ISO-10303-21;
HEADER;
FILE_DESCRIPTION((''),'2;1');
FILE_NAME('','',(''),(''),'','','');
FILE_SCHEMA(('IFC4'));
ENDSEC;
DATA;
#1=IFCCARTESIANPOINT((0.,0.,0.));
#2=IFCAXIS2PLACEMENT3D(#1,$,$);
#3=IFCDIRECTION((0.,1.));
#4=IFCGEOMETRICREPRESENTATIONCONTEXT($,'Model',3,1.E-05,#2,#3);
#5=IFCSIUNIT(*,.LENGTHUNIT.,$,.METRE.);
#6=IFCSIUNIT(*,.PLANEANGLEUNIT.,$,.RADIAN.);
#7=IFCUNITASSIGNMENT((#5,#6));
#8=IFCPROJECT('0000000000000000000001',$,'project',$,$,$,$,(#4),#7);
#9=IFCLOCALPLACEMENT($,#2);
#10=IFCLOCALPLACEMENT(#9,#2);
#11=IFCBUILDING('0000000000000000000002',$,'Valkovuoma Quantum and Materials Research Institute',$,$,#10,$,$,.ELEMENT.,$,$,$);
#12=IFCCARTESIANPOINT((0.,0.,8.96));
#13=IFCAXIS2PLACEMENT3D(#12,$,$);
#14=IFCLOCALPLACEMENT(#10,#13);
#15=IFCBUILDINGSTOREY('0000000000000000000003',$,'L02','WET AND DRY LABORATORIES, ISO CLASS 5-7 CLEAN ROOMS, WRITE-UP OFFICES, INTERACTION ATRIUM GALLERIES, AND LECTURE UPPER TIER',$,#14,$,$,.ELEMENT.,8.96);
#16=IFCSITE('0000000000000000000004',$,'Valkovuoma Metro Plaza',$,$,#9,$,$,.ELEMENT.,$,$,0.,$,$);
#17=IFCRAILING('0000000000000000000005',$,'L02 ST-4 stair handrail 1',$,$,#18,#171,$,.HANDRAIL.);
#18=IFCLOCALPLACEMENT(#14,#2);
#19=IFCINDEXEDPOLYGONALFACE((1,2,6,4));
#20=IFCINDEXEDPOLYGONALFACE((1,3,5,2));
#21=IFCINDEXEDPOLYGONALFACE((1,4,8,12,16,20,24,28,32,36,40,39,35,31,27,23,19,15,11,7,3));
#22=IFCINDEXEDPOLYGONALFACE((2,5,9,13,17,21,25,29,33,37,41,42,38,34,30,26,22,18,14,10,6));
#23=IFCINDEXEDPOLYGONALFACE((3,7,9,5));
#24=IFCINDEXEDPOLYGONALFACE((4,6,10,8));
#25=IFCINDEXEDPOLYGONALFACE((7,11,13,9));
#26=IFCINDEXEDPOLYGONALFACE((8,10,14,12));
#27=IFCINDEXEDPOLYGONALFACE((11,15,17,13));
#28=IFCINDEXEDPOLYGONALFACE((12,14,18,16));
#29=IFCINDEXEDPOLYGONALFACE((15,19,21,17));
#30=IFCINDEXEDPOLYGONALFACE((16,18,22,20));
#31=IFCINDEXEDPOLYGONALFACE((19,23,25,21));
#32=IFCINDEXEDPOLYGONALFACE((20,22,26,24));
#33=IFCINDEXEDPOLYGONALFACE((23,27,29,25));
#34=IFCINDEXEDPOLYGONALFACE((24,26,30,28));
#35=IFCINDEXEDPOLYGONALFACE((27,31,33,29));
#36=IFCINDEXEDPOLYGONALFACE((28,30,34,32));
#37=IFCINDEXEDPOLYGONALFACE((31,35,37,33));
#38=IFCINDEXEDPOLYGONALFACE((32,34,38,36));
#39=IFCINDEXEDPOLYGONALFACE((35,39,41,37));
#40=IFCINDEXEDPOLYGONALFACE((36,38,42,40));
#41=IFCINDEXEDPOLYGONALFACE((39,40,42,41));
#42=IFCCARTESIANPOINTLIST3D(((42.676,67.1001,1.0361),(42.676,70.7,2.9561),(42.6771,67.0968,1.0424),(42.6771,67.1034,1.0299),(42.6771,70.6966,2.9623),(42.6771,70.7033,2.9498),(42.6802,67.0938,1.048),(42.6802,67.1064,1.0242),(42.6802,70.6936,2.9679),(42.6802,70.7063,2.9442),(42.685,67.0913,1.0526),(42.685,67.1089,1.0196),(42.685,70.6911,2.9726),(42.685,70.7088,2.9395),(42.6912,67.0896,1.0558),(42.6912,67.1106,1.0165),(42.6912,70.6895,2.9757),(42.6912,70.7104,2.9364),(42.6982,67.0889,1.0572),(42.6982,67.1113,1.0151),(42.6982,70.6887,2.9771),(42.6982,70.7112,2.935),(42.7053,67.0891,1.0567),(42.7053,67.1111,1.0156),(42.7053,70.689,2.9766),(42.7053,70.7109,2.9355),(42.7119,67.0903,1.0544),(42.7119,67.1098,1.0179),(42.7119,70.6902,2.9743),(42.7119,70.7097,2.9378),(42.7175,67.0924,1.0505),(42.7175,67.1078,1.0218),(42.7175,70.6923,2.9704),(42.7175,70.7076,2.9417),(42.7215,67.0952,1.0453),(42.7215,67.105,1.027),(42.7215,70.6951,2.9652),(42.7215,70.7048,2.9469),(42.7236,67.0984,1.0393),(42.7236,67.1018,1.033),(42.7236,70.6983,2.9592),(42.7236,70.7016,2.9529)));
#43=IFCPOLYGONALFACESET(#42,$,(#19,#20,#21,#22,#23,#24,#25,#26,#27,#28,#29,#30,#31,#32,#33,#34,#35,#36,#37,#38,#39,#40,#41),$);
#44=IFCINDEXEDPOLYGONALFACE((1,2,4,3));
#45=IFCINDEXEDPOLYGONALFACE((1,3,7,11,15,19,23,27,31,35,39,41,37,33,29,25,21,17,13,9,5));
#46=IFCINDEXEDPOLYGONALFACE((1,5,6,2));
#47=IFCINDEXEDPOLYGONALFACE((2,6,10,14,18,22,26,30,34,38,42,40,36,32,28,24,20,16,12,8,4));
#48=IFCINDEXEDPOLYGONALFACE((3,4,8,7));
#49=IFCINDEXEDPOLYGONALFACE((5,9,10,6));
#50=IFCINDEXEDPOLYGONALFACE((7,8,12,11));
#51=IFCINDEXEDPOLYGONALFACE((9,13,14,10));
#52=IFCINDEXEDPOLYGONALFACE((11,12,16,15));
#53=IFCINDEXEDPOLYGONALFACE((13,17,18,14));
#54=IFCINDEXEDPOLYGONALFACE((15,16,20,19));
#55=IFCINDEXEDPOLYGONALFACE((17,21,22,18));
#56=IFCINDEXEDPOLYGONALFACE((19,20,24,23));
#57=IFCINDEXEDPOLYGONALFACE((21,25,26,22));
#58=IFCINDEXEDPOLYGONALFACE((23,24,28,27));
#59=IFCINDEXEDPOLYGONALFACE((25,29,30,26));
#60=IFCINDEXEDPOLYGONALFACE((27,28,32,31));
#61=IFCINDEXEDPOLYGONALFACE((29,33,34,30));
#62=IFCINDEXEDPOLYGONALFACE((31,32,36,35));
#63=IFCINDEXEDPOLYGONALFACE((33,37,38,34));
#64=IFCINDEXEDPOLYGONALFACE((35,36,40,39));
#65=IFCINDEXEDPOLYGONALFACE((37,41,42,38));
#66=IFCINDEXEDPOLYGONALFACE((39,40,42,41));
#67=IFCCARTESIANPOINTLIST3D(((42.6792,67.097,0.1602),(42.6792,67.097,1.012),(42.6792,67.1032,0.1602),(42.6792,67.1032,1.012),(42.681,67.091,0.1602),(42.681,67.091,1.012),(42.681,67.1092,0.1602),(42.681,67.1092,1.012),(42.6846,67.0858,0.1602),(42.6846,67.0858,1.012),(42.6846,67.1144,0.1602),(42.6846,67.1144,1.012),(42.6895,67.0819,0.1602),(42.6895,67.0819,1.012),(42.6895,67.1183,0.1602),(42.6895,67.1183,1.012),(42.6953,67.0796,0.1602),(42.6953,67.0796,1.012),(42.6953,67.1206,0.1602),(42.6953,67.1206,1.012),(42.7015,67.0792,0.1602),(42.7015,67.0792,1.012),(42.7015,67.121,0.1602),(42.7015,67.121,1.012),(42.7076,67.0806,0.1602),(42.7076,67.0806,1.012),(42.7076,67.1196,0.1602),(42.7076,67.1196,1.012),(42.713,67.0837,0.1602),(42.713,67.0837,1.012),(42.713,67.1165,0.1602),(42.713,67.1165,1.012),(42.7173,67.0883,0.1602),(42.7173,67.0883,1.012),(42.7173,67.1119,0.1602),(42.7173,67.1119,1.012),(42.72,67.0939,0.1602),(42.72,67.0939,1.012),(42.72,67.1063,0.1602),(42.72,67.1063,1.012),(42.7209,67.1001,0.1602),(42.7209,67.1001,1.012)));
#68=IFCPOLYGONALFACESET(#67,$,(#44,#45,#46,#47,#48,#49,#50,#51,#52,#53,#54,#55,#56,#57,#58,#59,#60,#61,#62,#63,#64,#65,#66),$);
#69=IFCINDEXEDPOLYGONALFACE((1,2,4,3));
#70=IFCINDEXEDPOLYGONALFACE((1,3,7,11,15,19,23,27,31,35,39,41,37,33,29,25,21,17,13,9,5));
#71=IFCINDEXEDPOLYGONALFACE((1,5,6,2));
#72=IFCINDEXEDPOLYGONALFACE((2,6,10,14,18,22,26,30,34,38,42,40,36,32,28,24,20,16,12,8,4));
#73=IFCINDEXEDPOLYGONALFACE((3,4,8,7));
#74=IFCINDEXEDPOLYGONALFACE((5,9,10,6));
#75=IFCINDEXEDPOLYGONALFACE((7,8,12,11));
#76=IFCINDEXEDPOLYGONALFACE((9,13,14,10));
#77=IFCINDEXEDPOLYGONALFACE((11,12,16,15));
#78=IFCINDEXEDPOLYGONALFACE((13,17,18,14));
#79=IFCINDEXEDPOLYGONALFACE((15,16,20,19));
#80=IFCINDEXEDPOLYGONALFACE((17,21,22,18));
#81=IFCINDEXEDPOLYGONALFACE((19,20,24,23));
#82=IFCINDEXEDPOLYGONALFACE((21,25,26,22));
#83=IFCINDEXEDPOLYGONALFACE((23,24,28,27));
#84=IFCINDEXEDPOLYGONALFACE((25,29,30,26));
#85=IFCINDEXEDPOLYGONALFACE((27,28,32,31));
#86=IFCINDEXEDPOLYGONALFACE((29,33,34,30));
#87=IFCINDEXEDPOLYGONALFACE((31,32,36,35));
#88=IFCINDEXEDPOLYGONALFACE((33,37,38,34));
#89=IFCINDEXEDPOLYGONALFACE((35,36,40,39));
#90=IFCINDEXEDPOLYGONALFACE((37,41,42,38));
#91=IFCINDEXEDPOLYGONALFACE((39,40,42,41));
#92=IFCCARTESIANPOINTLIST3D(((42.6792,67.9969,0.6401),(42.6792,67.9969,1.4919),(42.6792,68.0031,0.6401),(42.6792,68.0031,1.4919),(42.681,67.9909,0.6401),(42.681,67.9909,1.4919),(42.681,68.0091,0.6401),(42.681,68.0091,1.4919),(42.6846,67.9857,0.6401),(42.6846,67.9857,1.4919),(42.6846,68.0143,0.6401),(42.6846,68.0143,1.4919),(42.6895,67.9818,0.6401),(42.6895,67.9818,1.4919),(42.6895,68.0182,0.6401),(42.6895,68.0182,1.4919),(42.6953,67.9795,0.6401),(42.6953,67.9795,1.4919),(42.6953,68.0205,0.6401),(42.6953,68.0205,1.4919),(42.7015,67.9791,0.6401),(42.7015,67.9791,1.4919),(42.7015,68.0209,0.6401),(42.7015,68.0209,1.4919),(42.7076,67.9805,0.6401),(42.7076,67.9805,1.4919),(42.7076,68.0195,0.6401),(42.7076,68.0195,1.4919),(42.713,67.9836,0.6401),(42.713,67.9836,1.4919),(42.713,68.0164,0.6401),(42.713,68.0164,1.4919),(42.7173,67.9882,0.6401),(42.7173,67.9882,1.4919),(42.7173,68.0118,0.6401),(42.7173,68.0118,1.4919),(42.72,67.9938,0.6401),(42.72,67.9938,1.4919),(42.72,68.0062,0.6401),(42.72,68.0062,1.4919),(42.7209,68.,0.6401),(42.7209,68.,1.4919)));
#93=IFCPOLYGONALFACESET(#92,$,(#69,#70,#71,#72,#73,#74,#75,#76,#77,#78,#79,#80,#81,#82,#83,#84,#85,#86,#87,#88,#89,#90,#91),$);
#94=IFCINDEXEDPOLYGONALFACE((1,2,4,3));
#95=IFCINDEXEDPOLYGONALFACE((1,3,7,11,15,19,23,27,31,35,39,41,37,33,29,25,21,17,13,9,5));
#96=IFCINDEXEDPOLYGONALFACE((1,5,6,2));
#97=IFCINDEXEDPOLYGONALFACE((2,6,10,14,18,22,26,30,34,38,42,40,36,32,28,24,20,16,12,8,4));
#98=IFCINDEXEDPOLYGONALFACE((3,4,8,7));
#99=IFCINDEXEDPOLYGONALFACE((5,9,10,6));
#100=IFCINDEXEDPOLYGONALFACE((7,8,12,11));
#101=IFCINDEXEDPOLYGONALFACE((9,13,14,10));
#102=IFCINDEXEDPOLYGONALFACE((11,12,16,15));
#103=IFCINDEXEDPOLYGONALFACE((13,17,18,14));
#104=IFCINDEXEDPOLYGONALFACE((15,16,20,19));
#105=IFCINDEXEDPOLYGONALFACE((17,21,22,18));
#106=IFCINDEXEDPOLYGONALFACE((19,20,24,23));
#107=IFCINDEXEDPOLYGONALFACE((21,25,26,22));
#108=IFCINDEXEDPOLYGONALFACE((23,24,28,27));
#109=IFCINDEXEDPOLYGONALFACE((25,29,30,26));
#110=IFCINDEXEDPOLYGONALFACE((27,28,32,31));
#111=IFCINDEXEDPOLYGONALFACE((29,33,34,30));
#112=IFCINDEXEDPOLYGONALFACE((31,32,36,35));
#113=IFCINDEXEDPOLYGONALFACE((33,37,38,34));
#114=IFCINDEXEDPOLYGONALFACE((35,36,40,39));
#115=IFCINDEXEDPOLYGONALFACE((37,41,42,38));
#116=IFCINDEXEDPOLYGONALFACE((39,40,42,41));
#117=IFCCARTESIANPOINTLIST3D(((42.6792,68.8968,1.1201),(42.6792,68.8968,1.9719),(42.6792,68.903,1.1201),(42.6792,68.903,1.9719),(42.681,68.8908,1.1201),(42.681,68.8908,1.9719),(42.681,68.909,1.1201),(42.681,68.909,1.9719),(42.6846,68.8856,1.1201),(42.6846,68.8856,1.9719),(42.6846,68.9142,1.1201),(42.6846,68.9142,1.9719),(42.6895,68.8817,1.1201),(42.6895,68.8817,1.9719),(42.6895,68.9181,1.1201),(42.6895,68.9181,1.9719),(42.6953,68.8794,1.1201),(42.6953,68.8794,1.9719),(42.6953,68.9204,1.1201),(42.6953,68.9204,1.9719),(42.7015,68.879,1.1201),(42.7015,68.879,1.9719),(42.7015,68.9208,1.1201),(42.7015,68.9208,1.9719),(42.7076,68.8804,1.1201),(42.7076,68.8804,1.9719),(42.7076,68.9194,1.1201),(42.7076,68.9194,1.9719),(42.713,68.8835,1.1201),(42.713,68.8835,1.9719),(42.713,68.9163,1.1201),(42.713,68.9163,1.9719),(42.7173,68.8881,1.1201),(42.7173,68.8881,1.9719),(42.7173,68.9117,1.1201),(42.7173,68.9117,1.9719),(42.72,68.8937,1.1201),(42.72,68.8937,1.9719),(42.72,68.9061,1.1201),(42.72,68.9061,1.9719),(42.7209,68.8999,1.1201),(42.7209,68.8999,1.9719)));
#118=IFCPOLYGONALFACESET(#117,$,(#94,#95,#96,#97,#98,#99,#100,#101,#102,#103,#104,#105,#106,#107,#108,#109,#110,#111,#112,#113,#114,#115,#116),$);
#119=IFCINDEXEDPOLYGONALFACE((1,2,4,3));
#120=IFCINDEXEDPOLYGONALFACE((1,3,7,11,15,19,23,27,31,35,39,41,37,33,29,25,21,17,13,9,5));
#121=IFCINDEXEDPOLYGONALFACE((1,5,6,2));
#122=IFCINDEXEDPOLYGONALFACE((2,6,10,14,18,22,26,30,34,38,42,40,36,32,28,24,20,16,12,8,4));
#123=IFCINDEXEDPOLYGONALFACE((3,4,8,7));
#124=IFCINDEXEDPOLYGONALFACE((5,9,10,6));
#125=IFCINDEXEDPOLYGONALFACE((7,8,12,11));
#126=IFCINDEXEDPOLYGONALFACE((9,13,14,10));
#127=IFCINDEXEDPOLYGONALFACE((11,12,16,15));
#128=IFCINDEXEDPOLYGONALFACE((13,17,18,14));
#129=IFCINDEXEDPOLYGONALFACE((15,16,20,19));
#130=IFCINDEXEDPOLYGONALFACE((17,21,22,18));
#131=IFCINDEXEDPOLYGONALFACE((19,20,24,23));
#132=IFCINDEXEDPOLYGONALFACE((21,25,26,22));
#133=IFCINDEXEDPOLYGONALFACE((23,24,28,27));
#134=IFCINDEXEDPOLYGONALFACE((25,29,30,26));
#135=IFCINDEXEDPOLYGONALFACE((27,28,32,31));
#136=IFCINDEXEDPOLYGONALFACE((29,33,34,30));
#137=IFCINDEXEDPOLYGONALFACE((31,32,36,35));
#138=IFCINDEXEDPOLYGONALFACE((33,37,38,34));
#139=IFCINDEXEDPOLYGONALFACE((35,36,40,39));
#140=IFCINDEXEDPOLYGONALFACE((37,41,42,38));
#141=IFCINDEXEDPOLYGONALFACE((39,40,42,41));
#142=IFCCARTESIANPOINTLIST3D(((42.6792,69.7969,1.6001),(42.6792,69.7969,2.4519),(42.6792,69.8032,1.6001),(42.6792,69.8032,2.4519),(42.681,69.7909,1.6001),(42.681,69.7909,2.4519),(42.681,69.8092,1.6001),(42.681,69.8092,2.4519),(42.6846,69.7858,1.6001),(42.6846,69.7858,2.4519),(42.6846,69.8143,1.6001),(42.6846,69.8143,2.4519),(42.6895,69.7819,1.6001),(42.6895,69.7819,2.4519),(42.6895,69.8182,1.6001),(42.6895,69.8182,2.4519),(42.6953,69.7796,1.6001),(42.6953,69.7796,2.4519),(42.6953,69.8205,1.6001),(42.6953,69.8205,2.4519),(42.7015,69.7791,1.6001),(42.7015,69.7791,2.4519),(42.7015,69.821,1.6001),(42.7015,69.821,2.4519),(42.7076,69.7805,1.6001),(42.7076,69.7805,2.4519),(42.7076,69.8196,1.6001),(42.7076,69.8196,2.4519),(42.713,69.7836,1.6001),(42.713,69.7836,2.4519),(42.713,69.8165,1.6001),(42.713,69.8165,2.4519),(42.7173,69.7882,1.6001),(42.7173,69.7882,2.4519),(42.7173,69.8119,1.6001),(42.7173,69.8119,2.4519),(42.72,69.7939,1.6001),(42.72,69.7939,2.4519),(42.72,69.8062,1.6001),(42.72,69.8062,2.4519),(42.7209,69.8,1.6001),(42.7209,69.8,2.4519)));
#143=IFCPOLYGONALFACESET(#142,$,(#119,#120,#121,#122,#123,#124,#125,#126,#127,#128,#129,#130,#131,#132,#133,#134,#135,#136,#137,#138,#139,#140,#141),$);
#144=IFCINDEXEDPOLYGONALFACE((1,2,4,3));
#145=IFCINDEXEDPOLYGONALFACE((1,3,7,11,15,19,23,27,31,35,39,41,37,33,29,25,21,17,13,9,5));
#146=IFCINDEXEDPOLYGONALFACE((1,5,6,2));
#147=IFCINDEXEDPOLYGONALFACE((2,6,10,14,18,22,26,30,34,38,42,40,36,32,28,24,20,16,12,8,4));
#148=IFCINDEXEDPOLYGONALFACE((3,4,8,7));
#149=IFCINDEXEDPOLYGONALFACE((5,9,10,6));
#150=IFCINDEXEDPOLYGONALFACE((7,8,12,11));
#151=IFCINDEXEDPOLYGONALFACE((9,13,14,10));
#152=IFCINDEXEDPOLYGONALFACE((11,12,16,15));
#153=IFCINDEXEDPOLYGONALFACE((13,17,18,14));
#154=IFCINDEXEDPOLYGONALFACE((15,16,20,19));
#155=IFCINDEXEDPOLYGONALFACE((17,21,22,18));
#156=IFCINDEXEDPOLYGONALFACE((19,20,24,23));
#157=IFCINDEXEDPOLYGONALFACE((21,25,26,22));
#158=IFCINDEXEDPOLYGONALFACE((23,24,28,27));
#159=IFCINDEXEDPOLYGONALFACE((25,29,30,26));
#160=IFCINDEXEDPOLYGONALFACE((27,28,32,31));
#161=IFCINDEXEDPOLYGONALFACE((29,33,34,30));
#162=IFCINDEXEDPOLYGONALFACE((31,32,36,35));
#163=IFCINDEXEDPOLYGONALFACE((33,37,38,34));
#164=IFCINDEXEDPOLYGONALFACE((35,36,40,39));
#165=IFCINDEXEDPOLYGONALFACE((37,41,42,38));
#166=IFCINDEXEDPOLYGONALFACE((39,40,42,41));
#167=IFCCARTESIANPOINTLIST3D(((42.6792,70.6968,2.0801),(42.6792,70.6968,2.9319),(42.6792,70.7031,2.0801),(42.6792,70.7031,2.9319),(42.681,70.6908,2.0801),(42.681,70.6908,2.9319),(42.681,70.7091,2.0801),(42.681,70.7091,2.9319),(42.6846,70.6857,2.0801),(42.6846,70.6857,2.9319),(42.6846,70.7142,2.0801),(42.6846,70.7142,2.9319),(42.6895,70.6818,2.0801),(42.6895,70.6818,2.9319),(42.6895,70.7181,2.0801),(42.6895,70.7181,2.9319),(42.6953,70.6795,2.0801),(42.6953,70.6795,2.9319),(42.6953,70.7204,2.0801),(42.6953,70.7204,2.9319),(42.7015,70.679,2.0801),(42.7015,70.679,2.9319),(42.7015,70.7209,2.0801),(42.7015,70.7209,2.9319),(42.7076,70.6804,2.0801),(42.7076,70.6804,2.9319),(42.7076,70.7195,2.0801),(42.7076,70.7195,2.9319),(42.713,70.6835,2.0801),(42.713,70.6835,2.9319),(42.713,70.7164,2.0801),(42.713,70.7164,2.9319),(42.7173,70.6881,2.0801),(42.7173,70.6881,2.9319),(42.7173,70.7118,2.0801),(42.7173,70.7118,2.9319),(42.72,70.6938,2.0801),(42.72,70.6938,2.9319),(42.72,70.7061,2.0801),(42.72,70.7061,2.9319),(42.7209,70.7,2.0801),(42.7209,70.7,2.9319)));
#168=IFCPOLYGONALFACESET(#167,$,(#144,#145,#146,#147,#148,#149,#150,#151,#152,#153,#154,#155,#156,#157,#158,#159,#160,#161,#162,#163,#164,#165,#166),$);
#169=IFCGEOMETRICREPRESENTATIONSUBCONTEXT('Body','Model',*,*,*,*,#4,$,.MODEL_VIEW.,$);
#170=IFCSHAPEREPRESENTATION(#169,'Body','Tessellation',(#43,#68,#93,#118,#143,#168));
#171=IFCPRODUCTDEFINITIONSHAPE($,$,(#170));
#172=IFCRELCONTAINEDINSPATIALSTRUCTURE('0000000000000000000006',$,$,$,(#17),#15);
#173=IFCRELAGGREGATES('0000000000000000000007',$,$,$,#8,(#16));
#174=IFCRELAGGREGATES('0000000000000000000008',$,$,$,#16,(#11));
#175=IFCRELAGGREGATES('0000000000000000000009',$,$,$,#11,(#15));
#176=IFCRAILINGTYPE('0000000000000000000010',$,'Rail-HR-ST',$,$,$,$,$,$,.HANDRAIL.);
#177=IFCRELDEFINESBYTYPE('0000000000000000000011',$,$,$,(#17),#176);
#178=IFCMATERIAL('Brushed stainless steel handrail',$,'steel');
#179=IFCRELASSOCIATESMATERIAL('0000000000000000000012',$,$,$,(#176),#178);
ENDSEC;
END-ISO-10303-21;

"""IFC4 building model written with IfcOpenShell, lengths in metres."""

from ifc_helpers import new_model, si_unit, direction, frame, origin, origin_2d, place, context, subcontext, project, spatial, circle, extrude, material, type_object, element, save


model = new_model("IFC4")

# Units and contexts
model_context = context("Model", 3, precision=1e-05, world=origin(), true_north=direction((0.0, 1.0)))
body_context = subcontext(model_context, "Body", "Model", "MODEL_VIEW")
ifc_project = project(units=[si_unit("LENGTHUNIT", "METRE"), si_unit("PLANEANGLEUNIT", "RADIAN")], contexts=[model_context])

# Site, building, storey
site_placement = place(None, origin())
site = spatial("IfcSite", under=ifc_project, at=site_placement, Name="Valkovuoma Metro Plaza", CompositionType="ELEMENT", RefElevation=0.0)
building_placement = place(site_placement, origin())
building = spatial("IfcBuilding", under=site, at=building_placement, Name="Valkovuoma Quantum and Materials Research Institute", CompositionType="ELEMENT")
storey_placement = place(building_placement, frame((0.0, 0.0, 8.96)))
storey = spatial("IfcBuildingStorey", under=building, at=storey_placement, Name="L02", Description="WET AND DRY LABORATORIES, ISO CLASS 5-7 CLEAN ROOMS, WRITE-UP OFFICES, INTERACTION ATRIUM GALLERIES, AND LECTURE UPPER TIER", CompositionType="ELEMENT", Elevation=8.96)

# Railing
ifc_material_1 = material(Name="Brushed stainless steel handrail", Category="steel")
railing_type_1 = type_object("IfcRailingType", Name="Rail-HR-ST", PredefinedType="HANDRAIL", material=ifc_material_1)
railing_1_placement = place(storey_placement, frame((42.7, 67.1001, 0.1602)))
element("IfcRailing", 1, at=railing_1_placement, inside=storey, type_object=railing_type_1, Name="L02 ST-4 stair handrail 1", PredefinedType="HANDRAIL", context=body_context, shape_type="SweptSolid", body=[
    extrude(circle(Radius=0.0239, at=origin_2d()), frame((0.0, 0.0, 0.876), z_axis=(0.0, 0.882353, 0.470588), x_axis=(-1.0, 0.0, 0.0)), (0.0, 0.0, 1.0), 4.0798),
    extrude(circle(Radius=0.021, at=origin_2d()), origin(), (0.0, 0.0, 1.0), 0.8518),
    extrude(circle(Radius=0.021, at=origin_2d()), frame((0.0, 0.8999, 0.48)), (0.0, 0.0, 1.0), 0.8518),
    extrude(circle(Radius=0.021, at=origin_2d()), frame((0.0, 1.7998, 0.96)), (0.0, 0.0, 1.0), 0.8518),
    extrude(circle(Radius=0.021, at=origin_2d()), frame((0.0, 2.7, 1.4399)), (0.0, 0.0, 1.0), 0.8518),
    extrude(circle(Radius=0.021, at=origin_2d()), frame((0.0, 3.5999, 1.9199)), (0.0, 0.0, 1.0), 0.8518),
])

save(model, "model.ifc")
